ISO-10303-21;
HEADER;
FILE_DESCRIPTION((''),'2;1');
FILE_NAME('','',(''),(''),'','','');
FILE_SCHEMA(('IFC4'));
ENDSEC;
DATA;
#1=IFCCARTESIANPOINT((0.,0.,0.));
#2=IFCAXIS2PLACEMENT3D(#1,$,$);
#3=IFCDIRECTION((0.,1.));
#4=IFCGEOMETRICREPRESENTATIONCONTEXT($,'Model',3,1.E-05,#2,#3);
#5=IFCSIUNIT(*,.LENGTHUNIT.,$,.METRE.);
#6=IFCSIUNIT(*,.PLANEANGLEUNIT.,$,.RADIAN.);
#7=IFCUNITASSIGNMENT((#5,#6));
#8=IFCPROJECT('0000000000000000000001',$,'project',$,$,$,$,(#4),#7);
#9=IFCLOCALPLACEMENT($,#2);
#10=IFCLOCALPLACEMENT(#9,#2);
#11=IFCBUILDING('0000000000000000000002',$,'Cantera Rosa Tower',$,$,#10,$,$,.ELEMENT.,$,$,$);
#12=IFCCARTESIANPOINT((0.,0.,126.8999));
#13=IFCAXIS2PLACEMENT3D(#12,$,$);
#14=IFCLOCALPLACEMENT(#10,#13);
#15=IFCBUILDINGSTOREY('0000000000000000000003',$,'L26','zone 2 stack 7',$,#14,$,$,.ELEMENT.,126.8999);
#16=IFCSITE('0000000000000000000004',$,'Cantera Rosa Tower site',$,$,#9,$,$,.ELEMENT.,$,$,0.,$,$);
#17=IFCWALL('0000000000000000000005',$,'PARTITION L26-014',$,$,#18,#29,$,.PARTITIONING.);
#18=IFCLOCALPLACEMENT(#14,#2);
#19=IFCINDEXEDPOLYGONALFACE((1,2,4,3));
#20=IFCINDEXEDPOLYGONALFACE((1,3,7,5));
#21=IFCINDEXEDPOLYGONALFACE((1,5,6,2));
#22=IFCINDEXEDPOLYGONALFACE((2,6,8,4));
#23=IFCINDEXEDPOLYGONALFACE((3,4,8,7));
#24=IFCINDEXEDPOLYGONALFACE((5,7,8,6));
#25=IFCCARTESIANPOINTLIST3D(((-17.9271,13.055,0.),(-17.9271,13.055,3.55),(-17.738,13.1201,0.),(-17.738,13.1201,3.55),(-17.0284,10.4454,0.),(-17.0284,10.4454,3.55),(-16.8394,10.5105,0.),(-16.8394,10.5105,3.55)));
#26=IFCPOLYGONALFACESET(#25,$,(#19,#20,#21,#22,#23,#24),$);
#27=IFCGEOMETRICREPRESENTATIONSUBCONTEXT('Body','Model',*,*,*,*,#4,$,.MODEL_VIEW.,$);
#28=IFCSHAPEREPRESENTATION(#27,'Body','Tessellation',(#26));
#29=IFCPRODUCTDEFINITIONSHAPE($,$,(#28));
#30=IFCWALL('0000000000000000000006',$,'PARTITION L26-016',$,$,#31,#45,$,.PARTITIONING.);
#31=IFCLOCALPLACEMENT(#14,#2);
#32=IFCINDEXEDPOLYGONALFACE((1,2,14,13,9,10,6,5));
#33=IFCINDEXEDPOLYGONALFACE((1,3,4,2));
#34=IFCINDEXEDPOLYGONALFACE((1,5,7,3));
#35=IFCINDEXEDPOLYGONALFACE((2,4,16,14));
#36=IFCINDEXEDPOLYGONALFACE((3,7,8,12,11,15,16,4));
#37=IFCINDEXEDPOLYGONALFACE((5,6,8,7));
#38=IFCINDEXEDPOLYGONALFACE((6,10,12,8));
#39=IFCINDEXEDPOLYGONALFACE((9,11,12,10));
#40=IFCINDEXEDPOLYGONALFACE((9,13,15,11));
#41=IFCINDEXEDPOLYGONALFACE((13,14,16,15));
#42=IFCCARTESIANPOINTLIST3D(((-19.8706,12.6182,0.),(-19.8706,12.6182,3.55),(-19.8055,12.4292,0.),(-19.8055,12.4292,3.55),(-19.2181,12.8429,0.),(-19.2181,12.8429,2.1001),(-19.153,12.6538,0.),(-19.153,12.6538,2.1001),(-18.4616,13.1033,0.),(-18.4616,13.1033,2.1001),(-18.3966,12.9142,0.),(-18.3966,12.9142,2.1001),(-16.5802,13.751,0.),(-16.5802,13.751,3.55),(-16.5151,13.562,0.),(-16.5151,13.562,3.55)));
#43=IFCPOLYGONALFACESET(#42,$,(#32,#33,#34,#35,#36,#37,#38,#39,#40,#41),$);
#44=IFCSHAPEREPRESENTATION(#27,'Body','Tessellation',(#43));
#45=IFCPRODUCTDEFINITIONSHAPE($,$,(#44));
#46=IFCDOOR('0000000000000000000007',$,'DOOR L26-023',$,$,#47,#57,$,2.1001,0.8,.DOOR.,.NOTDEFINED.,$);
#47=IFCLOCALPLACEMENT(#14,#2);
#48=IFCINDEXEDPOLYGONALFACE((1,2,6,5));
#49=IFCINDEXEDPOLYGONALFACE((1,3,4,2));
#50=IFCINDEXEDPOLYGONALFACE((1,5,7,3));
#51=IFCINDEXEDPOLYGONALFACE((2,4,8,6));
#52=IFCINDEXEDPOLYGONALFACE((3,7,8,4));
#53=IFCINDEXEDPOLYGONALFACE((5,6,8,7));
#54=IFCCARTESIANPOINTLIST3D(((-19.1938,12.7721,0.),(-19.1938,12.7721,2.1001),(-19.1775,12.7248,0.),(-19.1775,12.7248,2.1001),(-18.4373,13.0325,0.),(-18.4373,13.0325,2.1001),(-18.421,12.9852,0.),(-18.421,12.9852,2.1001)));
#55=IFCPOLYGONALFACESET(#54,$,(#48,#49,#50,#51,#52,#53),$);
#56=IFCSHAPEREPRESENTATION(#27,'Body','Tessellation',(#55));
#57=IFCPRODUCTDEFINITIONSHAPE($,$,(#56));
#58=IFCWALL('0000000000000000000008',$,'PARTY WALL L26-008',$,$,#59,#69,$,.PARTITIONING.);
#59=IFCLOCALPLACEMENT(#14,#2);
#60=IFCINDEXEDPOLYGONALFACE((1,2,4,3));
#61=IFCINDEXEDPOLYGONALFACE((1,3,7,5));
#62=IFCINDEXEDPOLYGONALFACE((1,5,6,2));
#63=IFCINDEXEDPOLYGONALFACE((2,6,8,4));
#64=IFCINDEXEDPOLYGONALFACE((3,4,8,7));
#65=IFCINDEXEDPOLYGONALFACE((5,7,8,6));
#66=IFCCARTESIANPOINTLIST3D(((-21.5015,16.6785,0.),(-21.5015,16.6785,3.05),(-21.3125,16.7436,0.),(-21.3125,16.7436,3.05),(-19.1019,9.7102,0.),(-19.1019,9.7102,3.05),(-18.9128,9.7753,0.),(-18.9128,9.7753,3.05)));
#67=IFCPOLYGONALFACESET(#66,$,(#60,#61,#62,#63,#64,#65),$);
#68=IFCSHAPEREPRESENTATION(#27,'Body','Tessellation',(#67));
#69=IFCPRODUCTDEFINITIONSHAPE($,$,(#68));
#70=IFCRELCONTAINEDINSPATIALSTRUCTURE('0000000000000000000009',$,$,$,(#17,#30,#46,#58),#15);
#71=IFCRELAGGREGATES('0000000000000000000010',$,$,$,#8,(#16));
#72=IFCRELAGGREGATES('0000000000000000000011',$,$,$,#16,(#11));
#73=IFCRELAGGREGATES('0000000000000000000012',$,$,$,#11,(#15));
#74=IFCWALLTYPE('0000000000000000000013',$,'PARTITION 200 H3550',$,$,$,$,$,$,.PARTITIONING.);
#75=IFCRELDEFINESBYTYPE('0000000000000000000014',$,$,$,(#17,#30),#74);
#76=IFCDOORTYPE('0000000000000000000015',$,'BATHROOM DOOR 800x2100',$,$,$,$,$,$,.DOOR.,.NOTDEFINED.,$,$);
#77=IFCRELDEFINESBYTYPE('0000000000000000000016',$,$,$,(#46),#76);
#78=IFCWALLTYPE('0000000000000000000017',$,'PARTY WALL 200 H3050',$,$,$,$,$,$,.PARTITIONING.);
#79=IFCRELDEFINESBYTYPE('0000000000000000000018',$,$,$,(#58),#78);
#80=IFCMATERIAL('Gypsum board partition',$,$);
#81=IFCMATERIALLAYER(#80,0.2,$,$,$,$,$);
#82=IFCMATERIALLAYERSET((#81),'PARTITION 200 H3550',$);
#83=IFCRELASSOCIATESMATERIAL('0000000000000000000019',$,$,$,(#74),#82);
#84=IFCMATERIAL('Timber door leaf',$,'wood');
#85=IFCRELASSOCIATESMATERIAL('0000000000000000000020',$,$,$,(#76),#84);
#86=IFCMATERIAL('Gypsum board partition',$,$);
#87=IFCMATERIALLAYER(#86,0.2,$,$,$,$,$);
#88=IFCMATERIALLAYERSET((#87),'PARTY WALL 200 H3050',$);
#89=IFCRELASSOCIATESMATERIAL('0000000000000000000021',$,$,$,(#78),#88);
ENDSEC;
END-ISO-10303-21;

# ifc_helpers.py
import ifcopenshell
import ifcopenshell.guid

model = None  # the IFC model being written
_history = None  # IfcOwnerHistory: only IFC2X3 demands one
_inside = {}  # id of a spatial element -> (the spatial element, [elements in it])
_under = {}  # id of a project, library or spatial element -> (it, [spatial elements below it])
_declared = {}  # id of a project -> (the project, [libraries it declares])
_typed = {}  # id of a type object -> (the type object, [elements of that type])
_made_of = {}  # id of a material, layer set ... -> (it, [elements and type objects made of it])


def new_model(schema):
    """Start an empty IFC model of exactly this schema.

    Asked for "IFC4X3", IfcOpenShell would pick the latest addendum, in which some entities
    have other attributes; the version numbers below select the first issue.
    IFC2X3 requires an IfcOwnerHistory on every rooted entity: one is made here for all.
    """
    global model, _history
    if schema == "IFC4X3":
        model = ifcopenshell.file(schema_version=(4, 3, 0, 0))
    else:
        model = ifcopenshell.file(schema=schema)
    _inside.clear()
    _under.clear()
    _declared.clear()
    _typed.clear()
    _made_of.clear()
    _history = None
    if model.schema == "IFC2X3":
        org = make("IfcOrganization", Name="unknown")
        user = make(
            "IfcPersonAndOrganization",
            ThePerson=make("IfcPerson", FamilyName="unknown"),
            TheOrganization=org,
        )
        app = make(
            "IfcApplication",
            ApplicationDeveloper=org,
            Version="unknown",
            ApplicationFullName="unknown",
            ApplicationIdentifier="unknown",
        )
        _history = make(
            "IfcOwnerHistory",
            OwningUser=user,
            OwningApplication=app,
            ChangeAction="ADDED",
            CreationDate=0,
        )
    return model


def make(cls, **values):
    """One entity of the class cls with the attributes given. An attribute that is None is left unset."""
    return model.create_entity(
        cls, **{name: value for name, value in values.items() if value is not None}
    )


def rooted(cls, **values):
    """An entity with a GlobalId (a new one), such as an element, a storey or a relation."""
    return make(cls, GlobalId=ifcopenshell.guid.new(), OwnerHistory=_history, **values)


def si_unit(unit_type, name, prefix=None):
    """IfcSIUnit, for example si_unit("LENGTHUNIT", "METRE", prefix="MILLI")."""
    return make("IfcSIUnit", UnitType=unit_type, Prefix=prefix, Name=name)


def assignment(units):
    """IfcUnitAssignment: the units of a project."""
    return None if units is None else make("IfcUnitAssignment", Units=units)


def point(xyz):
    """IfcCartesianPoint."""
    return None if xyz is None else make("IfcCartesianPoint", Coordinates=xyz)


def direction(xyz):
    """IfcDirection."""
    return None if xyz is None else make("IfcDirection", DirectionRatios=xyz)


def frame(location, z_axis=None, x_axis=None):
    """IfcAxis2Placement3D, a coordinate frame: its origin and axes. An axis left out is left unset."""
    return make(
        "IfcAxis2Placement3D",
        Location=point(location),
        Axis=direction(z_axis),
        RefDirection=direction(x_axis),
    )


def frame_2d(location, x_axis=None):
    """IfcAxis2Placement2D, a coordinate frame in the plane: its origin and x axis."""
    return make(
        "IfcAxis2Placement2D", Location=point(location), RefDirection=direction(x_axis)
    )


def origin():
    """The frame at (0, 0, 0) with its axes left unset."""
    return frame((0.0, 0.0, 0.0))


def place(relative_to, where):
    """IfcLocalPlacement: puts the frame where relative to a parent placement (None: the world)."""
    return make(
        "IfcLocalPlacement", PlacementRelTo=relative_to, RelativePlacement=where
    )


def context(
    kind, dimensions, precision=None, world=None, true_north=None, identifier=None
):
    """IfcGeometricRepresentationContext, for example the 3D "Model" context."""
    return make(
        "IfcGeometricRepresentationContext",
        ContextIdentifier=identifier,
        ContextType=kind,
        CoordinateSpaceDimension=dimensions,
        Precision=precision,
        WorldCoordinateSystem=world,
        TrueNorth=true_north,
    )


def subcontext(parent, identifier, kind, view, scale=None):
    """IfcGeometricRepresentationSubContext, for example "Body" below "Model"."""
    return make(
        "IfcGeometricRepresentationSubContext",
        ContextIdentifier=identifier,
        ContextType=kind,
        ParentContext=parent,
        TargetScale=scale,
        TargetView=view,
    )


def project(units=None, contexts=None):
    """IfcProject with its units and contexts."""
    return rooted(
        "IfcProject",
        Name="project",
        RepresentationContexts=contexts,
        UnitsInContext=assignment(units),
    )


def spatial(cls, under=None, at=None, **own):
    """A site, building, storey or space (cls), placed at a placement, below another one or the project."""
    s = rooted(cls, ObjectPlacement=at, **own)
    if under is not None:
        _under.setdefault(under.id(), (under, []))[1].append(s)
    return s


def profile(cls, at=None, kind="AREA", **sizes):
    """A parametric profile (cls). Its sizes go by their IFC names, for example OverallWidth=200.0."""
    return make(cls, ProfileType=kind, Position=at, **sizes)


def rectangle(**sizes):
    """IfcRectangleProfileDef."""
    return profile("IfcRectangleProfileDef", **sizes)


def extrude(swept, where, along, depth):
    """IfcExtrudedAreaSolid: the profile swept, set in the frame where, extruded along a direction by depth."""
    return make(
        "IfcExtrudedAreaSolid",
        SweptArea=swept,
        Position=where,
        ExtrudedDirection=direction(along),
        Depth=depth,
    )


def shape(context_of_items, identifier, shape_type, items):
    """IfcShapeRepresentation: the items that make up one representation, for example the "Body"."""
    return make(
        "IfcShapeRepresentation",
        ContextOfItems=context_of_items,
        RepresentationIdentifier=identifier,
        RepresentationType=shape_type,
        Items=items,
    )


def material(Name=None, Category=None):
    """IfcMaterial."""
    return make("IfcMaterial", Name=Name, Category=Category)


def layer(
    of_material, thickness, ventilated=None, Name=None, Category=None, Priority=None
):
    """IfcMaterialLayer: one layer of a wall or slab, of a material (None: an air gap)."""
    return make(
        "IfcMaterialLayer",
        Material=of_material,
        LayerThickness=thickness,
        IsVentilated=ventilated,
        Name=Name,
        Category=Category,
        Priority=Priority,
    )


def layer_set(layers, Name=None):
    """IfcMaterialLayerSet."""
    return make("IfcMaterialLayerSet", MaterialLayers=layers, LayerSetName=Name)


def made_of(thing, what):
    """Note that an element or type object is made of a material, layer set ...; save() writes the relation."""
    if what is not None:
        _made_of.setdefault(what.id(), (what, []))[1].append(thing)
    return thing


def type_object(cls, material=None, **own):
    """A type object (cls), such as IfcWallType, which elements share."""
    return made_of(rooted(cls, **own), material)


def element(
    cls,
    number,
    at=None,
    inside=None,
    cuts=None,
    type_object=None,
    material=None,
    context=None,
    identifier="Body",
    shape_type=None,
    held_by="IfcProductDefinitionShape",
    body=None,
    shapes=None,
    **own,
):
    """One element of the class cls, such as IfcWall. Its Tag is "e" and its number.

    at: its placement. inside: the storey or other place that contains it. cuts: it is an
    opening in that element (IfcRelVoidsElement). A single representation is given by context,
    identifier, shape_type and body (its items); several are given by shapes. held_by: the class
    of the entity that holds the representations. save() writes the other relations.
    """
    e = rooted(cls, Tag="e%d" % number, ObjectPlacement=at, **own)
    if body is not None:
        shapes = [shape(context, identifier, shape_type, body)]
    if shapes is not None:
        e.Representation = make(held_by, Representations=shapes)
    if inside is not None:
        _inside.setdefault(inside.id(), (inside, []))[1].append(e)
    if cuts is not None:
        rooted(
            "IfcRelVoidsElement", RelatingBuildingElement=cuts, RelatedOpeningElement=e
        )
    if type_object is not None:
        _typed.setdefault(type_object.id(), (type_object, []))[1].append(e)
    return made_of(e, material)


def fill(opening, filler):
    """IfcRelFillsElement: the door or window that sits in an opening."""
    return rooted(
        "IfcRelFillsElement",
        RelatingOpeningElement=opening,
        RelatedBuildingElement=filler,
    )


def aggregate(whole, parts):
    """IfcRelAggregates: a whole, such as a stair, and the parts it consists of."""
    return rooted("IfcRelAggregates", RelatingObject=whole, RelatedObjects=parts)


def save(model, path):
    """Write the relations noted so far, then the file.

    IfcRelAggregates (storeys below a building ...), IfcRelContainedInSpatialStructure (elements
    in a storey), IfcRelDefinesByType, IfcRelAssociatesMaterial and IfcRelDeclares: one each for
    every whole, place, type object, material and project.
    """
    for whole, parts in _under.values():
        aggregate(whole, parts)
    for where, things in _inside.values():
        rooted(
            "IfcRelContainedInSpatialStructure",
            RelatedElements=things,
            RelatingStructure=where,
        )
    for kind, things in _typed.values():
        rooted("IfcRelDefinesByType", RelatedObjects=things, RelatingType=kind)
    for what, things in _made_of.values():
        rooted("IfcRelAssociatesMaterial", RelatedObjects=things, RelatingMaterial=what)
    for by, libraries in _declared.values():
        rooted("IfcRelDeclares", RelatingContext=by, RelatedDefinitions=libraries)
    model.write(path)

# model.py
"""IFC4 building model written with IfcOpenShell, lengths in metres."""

from ifc_helpers import new_model, si_unit, direction, frame, frame_2d, origin, place, context, subcontext, project, spatial, rectangle, extrude, material, layer, layer_set, type_object, element, fill, save


model = new_model("IFC4")

# Units and contexts
model_context = context("Model", 3, precision=1e-05, world=origin(), true_north=direction((0.0, 1.0)))
body_context = subcontext(model_context, "Body", "Model", "MODEL_VIEW")
ifc_project = project(units=[si_unit("LENGTHUNIT", "METRE"), si_unit("PLANEANGLEUNIT", "RADIAN")], contexts=[model_context])

# Site, building, storey
site_placement = place(None, origin())
site = spatial("IfcSite", under=ifc_project, at=site_placement, Name="Cantera Rosa Tower site", CompositionType="ELEMENT", RefElevation=0.0)
building_placement = place(site_placement, origin())
building = spatial("IfcBuilding", under=site, at=building_placement, Name="Cantera Rosa Tower", CompositionType="ELEMENT")
storey_placement = place(building_placement, frame((0.0, 0.0, 126.8999)))
storey = spatial("IfcBuildingStorey", under=building, at=storey_placement, Name="L26", Description="zone 2 stack 7", CompositionType="ELEMENT", Elevation=126.8999)

# Wall
ifc_material_1 = material(Name="Gypsum board partition")
ifc_layer_1 = layer(ifc_material_1, 0.2)
ifc_layer_set_1 = layer_set([ifc_layer_1], Name="PARTITION 200 H3550")
wall_type_1 = type_object("IfcWallType", Name="PARTITION 200 H3550", PredefinedType="PARTITIONING", material=ifc_layer_set_1)
wall_1_placement = place(storey_placement, frame((-17.8325, 13.0874, 0.0), z_axis=(0.0, 0.0, 1.0), x_axis=(0.325606, -0.945505, 0.0)))
element("IfcWall", 1, at=wall_1_placement, inside=storey, type_object=wall_type_1, Name="PARTITION L26-014", PredefinedType="PARTITIONING", context=body_context, shape_type="SweptSolid", body=[
    extrude(rectangle(XDim=2.76, YDim=0.2, at=frame_2d((1.3799, 0.0))), origin(), (0.0, 0.0, 1.0), 3.55),
])

# Wall, opening, door
wall_2_placement = place(storey_placement, frame((-16.5476, 13.6565, 0.0), z_axis=(0.0, 0.0, 1.0), x_axis=(-0.945537, -0.325515, 0.0)))
wall_2 = element("IfcWall", 2, at=wall_2_placement, inside=storey, type_object=wall_type_1, Name="PARTITION L26-016", PredefinedType="PARTITIONING", context=body_context, shape_type="SweptSolid", body=[
    extrude(rectangle(XDim=3.48, YDim=0.2, at=frame_2d((1.74, 0.0))), origin(), (0.0, 0.0, 1.0), 3.55),
])
opening_1_placement = place(wall_2_placement, frame((1.99, 0.0, 0.0)))
opening_1 = element("IfcOpeningElement", 3, at=opening_1_placement, cuts=wall_2, PredefinedType="OPENING", context=body_context, shape_type="SweptSolid", body=[
    extrude(rectangle(XDim=0.8, YDim=2.1001, at=frame_2d((0.3999, 1.05))), frame((0.0, 0.1099, 0.0), z_axis=(0.0, -1.0, 0.0), x_axis=(1.0, 0.0, 0.0)), (0.0, 0.0, 1.0), 0.22),
])
ifc_material_2 = material(Name="Timber door leaf", Category="wood")
door_type_1 = type_object("IfcDoorType", Name="BATHROOM DOOR 800x2100", OperationType="NOTDEFINED", PredefinedType="DOOR", material=ifc_material_2)
door_1_placement = place(opening_1_placement, origin())
door_1 = element("IfcDoor", 4, at=door_1_placement, inside=storey, type_object=door_type_1, Name="DOOR L26-023", OperationType="NOTDEFINED", OverallHeight=2.1001, OverallWidth=0.8, PredefinedType="DOOR", context=body_context, shape_type="SweptSolid", body=[
    extrude(rectangle(XDim=0.8, YDim=2.1001, at=frame_2d((0.3999, 1.05))), frame((0.0, 0.0249, 0.0), z_axis=(0.0, -1.0, 0.0), x_axis=(1.0, 0.0, 0.0)), (0.0, 0.0, 1.0), 0.05),
])
fill(opening_1, door_1)

# Wall
ifc_material_3 = material(Name="Gypsum board partition")
ifc_layer_2 = layer(ifc_material_3, 0.2)
ifc_layer_set_2 = layer_set([ifc_layer_2], Name="PARTY WALL 200 H3050")
wall_type_2 = type_object("IfcWallType", Name="PARTY WALL 200 H3050", PredefinedType="PARTITIONING", material=ifc_layer_set_2)
wall_3_placement = place(storey_placement, frame((-19.0073, 9.7427, 0.0), z_axis=(0.0, 0.0, 1.0), x_axis=(-0.325604, 0.945506, 0.0)))
element("IfcWall", 5, at=wall_3_placement, inside=storey, type_object=wall_type_2, Name="PARTY WALL L26-008", PredefinedType="PARTITIONING", context=body_context, shape_type="SweptSolid", body=[
    extrude(rectangle(XDim=7.3699, YDim=0.2, at=frame_2d((3.6851, 0.0))), origin(), (0.0, 0.0, 1.0), 3.05),
])

save(model, "model.ifc")
